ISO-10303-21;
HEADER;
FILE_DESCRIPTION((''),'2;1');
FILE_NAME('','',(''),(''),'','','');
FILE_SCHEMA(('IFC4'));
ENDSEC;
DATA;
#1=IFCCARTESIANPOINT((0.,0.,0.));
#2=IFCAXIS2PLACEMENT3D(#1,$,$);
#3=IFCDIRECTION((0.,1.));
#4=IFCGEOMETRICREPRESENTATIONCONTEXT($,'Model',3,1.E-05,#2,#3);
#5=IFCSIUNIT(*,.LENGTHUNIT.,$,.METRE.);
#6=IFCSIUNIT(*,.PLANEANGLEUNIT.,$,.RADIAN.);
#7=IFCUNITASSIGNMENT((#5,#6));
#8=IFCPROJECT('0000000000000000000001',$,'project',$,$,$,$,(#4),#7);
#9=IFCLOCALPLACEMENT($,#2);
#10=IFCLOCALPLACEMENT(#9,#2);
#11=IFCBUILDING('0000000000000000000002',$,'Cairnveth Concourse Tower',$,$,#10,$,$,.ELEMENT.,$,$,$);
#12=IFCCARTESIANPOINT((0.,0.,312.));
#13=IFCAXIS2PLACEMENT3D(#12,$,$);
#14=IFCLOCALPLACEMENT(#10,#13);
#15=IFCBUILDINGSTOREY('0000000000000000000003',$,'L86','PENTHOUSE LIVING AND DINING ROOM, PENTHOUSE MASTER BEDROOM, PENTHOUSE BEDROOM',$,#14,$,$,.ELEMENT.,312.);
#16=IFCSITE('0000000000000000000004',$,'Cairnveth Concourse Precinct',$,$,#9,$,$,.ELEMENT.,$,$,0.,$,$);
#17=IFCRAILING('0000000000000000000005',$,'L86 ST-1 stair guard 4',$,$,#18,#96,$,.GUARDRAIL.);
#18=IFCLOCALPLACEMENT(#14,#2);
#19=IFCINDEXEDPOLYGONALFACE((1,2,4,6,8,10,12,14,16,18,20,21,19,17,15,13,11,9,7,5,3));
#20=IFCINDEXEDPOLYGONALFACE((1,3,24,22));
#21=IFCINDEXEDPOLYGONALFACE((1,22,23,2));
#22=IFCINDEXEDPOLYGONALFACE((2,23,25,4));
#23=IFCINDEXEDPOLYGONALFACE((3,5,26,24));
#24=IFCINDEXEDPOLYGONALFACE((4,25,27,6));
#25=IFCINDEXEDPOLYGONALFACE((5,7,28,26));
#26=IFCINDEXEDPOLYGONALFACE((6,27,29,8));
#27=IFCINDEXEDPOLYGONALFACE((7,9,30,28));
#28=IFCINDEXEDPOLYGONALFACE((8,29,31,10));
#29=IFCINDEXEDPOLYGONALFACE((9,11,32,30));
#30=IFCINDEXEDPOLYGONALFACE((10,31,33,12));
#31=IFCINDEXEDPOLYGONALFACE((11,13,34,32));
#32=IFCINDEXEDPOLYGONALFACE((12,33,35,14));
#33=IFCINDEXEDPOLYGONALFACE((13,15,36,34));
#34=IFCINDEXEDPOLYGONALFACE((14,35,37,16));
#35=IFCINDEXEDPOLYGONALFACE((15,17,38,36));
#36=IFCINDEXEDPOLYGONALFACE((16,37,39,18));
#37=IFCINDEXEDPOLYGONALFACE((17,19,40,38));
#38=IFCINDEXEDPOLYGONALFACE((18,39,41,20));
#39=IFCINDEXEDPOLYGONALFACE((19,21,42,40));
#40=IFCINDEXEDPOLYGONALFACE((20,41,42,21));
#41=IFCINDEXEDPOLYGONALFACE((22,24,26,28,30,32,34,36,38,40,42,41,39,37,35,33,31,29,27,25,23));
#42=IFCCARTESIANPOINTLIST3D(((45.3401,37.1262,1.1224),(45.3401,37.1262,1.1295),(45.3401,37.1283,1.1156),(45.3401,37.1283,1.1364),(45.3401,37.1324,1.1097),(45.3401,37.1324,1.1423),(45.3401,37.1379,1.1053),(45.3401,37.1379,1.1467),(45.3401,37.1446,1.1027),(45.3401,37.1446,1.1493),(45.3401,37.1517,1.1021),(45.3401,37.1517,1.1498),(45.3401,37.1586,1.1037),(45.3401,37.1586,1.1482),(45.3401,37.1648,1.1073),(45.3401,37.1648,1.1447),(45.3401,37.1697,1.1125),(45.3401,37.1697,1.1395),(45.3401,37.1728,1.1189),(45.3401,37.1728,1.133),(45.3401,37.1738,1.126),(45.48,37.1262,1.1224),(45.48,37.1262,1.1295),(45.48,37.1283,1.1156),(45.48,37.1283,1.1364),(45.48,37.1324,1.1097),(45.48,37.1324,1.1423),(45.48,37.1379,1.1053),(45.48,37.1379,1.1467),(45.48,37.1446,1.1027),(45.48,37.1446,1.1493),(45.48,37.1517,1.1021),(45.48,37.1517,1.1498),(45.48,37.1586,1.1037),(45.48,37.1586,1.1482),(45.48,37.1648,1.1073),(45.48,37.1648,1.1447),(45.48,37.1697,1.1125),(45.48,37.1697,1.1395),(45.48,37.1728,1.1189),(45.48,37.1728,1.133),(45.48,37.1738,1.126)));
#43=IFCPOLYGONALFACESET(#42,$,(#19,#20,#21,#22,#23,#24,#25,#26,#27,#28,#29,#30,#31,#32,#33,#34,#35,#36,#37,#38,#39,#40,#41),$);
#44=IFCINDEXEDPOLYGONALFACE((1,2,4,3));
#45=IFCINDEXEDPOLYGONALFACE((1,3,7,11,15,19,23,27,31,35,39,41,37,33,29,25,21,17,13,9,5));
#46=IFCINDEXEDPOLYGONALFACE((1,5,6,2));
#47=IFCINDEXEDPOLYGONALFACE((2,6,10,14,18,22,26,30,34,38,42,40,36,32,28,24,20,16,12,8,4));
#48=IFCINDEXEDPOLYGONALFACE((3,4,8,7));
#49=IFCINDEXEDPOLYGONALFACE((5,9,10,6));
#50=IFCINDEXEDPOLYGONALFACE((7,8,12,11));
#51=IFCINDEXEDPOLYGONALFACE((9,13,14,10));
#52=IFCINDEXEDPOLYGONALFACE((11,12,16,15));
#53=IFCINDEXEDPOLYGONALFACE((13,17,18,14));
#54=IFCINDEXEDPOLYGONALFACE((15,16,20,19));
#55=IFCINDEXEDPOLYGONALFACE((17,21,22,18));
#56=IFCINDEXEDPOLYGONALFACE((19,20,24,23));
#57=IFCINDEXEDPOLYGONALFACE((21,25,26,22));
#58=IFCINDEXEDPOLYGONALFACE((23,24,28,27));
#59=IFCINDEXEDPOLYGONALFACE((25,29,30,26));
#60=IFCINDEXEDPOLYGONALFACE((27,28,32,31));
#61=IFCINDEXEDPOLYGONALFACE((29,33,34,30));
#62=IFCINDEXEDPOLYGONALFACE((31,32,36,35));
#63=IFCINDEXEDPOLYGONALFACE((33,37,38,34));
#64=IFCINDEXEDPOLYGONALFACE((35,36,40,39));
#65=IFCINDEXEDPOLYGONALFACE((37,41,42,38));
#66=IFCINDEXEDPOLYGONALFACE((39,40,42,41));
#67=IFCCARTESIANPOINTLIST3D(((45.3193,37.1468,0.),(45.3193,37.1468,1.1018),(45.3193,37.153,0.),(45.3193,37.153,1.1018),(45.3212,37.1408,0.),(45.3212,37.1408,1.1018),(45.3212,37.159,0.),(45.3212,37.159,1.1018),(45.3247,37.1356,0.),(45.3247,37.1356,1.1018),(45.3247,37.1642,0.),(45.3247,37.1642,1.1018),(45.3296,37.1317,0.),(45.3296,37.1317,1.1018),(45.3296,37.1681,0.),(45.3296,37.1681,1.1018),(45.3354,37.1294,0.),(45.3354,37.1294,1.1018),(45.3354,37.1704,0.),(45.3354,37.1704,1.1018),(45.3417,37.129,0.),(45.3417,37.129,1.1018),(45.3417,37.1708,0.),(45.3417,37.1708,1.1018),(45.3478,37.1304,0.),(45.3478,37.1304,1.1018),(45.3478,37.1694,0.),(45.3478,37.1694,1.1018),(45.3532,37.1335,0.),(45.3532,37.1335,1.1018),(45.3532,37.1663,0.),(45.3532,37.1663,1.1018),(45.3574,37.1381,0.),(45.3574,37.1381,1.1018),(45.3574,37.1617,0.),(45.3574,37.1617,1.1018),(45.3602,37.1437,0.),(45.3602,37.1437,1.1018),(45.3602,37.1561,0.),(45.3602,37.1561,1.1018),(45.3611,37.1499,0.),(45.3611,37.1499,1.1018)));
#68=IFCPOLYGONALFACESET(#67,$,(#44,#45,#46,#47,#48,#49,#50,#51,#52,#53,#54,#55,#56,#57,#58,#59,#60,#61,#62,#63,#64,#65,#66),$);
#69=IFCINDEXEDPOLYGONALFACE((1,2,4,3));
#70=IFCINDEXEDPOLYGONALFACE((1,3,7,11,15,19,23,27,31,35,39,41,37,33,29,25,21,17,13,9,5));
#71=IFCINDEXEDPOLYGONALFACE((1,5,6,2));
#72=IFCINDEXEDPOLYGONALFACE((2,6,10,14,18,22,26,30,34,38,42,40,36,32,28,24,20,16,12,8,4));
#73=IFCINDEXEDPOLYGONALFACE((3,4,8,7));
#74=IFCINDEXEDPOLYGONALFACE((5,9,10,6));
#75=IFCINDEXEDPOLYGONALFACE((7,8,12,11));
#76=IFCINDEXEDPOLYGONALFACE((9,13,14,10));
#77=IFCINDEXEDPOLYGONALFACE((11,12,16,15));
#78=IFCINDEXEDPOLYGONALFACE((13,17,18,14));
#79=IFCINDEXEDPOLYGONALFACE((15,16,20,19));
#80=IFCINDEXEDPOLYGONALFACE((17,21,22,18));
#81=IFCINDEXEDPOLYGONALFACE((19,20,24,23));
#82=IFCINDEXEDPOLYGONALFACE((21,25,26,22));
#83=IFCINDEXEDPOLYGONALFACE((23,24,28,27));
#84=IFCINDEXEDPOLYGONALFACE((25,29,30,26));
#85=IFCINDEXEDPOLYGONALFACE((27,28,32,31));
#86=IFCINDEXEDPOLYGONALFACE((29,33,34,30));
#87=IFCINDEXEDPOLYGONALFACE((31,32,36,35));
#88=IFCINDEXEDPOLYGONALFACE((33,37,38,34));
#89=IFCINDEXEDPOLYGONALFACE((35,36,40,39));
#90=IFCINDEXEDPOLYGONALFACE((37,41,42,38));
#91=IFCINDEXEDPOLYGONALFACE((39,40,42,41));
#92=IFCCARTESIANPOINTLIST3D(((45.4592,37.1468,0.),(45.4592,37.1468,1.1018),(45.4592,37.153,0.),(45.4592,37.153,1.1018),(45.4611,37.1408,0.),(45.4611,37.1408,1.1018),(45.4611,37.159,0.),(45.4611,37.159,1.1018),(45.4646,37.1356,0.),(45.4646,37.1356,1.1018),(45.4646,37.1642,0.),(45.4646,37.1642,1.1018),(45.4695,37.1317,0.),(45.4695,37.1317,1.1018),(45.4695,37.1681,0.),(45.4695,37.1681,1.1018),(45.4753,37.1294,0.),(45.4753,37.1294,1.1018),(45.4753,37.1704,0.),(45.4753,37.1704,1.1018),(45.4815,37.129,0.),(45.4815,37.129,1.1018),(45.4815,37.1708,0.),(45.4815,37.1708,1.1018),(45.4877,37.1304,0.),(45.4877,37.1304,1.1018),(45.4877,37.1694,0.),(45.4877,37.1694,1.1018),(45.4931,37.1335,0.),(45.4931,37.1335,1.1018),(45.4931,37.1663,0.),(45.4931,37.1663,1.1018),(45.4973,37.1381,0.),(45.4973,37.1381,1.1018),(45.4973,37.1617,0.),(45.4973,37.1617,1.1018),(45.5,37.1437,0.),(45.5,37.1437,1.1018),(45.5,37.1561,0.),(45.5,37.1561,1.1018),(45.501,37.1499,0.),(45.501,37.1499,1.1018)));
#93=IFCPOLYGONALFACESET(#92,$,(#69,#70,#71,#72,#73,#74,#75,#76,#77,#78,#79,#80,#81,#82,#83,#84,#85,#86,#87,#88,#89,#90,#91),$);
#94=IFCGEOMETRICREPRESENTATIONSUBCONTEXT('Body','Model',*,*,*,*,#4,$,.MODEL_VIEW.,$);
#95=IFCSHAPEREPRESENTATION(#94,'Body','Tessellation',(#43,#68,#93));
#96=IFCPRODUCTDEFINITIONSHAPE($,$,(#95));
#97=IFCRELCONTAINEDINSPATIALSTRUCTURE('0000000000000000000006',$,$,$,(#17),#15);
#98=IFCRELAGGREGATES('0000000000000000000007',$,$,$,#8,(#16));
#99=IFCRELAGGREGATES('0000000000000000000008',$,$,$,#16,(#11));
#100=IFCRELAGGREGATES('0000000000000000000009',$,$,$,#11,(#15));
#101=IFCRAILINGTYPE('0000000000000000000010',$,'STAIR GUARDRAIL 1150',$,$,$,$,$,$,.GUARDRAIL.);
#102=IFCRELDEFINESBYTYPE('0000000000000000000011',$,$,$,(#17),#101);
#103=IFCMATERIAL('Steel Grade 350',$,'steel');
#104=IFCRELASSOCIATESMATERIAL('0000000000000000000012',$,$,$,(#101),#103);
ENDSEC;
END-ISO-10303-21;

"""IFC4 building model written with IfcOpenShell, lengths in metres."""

from ifc_helpers import new_model, si_unit, direction, frame, origin, origin_2d, place, context, subcontext, project, spatial, circle, extrude, material, type_object, element, save


model = new_model("IFC4")

# Units and contexts
model_context = context("Model", 3, precision=1e-05, world=origin(), true_north=direction((0.0, 1.0)))
body_context = subcontext(model_context, "Body", "Model", "MODEL_VIEW")
ifc_project = project(units=[si_unit("LENGTHUNIT", "METRE"), si_unit("PLANEANGLEUNIT", "RADIAN")], contexts=[model_context])

# Site, building, storey
site_placement = place(None, origin())
site = spatial("IfcSite", under=ifc_project, at=site_placement, Name="Cairnveth Concourse Precinct", CompositionType="ELEMENT", RefElevation=0.0)
building_placement = place(site_placement, origin())
building = spatial("IfcBuilding", under=site, at=building_placement, Name="Cairnveth Concourse Tower", CompositionType="ELEMENT")
storey_placement = place(building_placement, frame((0.0, 0.0, 312.0)))
storey = spatial("IfcBuildingStorey", under=building, at=storey_placement, Name="L86", Description="PENTHOUSE LIVING AND DINING ROOM, PENTHOUSE MASTER BEDROOM, PENTHOUSE BEDROOM", CompositionType="ELEMENT", Elevation=312.0)

# Shared definitions
ifc_material_1 = material(Name="Steel Grade 350", Category="steel")

# Railing
railing_type = type_object("IfcRailingType", Name="STAIR GUARDRAIL 1150", PredefinedType="GUARDRAIL", material=ifc_material_1)
railing_1_placement = place(storey_placement, frame((45.3401, 37.1499, 0.0)))
element("IfcRailing", 1, at=railing_1_placement, inside=storey, type_object=railing_type, Name="L86 ST-1 stair guard 4", PredefinedType="GUARDRAIL", context=body_context, shape_type="SweptSolid", body=[
    extrude(circle(Radius=0.0239, at=origin_2d()), frame((0.0, 0.0, 1.126), z_axis=(1.0, 0.0, 0.0), x_axis=(0.0, 1.0, 0.0)), (0.0, 0.0, 1.0), 0.1399),
    extrude(circle(Radius=0.021, at=origin_2d()), origin(), (0.0, 0.0, 1.0), 1.1018),
    extrude(circle(Radius=0.021, at=origin_2d()), frame((0.1399, 0.0, 0.0)), (0.0, 0.0, 1.0), 1.1018),
])

save(model, "model.ifc")
